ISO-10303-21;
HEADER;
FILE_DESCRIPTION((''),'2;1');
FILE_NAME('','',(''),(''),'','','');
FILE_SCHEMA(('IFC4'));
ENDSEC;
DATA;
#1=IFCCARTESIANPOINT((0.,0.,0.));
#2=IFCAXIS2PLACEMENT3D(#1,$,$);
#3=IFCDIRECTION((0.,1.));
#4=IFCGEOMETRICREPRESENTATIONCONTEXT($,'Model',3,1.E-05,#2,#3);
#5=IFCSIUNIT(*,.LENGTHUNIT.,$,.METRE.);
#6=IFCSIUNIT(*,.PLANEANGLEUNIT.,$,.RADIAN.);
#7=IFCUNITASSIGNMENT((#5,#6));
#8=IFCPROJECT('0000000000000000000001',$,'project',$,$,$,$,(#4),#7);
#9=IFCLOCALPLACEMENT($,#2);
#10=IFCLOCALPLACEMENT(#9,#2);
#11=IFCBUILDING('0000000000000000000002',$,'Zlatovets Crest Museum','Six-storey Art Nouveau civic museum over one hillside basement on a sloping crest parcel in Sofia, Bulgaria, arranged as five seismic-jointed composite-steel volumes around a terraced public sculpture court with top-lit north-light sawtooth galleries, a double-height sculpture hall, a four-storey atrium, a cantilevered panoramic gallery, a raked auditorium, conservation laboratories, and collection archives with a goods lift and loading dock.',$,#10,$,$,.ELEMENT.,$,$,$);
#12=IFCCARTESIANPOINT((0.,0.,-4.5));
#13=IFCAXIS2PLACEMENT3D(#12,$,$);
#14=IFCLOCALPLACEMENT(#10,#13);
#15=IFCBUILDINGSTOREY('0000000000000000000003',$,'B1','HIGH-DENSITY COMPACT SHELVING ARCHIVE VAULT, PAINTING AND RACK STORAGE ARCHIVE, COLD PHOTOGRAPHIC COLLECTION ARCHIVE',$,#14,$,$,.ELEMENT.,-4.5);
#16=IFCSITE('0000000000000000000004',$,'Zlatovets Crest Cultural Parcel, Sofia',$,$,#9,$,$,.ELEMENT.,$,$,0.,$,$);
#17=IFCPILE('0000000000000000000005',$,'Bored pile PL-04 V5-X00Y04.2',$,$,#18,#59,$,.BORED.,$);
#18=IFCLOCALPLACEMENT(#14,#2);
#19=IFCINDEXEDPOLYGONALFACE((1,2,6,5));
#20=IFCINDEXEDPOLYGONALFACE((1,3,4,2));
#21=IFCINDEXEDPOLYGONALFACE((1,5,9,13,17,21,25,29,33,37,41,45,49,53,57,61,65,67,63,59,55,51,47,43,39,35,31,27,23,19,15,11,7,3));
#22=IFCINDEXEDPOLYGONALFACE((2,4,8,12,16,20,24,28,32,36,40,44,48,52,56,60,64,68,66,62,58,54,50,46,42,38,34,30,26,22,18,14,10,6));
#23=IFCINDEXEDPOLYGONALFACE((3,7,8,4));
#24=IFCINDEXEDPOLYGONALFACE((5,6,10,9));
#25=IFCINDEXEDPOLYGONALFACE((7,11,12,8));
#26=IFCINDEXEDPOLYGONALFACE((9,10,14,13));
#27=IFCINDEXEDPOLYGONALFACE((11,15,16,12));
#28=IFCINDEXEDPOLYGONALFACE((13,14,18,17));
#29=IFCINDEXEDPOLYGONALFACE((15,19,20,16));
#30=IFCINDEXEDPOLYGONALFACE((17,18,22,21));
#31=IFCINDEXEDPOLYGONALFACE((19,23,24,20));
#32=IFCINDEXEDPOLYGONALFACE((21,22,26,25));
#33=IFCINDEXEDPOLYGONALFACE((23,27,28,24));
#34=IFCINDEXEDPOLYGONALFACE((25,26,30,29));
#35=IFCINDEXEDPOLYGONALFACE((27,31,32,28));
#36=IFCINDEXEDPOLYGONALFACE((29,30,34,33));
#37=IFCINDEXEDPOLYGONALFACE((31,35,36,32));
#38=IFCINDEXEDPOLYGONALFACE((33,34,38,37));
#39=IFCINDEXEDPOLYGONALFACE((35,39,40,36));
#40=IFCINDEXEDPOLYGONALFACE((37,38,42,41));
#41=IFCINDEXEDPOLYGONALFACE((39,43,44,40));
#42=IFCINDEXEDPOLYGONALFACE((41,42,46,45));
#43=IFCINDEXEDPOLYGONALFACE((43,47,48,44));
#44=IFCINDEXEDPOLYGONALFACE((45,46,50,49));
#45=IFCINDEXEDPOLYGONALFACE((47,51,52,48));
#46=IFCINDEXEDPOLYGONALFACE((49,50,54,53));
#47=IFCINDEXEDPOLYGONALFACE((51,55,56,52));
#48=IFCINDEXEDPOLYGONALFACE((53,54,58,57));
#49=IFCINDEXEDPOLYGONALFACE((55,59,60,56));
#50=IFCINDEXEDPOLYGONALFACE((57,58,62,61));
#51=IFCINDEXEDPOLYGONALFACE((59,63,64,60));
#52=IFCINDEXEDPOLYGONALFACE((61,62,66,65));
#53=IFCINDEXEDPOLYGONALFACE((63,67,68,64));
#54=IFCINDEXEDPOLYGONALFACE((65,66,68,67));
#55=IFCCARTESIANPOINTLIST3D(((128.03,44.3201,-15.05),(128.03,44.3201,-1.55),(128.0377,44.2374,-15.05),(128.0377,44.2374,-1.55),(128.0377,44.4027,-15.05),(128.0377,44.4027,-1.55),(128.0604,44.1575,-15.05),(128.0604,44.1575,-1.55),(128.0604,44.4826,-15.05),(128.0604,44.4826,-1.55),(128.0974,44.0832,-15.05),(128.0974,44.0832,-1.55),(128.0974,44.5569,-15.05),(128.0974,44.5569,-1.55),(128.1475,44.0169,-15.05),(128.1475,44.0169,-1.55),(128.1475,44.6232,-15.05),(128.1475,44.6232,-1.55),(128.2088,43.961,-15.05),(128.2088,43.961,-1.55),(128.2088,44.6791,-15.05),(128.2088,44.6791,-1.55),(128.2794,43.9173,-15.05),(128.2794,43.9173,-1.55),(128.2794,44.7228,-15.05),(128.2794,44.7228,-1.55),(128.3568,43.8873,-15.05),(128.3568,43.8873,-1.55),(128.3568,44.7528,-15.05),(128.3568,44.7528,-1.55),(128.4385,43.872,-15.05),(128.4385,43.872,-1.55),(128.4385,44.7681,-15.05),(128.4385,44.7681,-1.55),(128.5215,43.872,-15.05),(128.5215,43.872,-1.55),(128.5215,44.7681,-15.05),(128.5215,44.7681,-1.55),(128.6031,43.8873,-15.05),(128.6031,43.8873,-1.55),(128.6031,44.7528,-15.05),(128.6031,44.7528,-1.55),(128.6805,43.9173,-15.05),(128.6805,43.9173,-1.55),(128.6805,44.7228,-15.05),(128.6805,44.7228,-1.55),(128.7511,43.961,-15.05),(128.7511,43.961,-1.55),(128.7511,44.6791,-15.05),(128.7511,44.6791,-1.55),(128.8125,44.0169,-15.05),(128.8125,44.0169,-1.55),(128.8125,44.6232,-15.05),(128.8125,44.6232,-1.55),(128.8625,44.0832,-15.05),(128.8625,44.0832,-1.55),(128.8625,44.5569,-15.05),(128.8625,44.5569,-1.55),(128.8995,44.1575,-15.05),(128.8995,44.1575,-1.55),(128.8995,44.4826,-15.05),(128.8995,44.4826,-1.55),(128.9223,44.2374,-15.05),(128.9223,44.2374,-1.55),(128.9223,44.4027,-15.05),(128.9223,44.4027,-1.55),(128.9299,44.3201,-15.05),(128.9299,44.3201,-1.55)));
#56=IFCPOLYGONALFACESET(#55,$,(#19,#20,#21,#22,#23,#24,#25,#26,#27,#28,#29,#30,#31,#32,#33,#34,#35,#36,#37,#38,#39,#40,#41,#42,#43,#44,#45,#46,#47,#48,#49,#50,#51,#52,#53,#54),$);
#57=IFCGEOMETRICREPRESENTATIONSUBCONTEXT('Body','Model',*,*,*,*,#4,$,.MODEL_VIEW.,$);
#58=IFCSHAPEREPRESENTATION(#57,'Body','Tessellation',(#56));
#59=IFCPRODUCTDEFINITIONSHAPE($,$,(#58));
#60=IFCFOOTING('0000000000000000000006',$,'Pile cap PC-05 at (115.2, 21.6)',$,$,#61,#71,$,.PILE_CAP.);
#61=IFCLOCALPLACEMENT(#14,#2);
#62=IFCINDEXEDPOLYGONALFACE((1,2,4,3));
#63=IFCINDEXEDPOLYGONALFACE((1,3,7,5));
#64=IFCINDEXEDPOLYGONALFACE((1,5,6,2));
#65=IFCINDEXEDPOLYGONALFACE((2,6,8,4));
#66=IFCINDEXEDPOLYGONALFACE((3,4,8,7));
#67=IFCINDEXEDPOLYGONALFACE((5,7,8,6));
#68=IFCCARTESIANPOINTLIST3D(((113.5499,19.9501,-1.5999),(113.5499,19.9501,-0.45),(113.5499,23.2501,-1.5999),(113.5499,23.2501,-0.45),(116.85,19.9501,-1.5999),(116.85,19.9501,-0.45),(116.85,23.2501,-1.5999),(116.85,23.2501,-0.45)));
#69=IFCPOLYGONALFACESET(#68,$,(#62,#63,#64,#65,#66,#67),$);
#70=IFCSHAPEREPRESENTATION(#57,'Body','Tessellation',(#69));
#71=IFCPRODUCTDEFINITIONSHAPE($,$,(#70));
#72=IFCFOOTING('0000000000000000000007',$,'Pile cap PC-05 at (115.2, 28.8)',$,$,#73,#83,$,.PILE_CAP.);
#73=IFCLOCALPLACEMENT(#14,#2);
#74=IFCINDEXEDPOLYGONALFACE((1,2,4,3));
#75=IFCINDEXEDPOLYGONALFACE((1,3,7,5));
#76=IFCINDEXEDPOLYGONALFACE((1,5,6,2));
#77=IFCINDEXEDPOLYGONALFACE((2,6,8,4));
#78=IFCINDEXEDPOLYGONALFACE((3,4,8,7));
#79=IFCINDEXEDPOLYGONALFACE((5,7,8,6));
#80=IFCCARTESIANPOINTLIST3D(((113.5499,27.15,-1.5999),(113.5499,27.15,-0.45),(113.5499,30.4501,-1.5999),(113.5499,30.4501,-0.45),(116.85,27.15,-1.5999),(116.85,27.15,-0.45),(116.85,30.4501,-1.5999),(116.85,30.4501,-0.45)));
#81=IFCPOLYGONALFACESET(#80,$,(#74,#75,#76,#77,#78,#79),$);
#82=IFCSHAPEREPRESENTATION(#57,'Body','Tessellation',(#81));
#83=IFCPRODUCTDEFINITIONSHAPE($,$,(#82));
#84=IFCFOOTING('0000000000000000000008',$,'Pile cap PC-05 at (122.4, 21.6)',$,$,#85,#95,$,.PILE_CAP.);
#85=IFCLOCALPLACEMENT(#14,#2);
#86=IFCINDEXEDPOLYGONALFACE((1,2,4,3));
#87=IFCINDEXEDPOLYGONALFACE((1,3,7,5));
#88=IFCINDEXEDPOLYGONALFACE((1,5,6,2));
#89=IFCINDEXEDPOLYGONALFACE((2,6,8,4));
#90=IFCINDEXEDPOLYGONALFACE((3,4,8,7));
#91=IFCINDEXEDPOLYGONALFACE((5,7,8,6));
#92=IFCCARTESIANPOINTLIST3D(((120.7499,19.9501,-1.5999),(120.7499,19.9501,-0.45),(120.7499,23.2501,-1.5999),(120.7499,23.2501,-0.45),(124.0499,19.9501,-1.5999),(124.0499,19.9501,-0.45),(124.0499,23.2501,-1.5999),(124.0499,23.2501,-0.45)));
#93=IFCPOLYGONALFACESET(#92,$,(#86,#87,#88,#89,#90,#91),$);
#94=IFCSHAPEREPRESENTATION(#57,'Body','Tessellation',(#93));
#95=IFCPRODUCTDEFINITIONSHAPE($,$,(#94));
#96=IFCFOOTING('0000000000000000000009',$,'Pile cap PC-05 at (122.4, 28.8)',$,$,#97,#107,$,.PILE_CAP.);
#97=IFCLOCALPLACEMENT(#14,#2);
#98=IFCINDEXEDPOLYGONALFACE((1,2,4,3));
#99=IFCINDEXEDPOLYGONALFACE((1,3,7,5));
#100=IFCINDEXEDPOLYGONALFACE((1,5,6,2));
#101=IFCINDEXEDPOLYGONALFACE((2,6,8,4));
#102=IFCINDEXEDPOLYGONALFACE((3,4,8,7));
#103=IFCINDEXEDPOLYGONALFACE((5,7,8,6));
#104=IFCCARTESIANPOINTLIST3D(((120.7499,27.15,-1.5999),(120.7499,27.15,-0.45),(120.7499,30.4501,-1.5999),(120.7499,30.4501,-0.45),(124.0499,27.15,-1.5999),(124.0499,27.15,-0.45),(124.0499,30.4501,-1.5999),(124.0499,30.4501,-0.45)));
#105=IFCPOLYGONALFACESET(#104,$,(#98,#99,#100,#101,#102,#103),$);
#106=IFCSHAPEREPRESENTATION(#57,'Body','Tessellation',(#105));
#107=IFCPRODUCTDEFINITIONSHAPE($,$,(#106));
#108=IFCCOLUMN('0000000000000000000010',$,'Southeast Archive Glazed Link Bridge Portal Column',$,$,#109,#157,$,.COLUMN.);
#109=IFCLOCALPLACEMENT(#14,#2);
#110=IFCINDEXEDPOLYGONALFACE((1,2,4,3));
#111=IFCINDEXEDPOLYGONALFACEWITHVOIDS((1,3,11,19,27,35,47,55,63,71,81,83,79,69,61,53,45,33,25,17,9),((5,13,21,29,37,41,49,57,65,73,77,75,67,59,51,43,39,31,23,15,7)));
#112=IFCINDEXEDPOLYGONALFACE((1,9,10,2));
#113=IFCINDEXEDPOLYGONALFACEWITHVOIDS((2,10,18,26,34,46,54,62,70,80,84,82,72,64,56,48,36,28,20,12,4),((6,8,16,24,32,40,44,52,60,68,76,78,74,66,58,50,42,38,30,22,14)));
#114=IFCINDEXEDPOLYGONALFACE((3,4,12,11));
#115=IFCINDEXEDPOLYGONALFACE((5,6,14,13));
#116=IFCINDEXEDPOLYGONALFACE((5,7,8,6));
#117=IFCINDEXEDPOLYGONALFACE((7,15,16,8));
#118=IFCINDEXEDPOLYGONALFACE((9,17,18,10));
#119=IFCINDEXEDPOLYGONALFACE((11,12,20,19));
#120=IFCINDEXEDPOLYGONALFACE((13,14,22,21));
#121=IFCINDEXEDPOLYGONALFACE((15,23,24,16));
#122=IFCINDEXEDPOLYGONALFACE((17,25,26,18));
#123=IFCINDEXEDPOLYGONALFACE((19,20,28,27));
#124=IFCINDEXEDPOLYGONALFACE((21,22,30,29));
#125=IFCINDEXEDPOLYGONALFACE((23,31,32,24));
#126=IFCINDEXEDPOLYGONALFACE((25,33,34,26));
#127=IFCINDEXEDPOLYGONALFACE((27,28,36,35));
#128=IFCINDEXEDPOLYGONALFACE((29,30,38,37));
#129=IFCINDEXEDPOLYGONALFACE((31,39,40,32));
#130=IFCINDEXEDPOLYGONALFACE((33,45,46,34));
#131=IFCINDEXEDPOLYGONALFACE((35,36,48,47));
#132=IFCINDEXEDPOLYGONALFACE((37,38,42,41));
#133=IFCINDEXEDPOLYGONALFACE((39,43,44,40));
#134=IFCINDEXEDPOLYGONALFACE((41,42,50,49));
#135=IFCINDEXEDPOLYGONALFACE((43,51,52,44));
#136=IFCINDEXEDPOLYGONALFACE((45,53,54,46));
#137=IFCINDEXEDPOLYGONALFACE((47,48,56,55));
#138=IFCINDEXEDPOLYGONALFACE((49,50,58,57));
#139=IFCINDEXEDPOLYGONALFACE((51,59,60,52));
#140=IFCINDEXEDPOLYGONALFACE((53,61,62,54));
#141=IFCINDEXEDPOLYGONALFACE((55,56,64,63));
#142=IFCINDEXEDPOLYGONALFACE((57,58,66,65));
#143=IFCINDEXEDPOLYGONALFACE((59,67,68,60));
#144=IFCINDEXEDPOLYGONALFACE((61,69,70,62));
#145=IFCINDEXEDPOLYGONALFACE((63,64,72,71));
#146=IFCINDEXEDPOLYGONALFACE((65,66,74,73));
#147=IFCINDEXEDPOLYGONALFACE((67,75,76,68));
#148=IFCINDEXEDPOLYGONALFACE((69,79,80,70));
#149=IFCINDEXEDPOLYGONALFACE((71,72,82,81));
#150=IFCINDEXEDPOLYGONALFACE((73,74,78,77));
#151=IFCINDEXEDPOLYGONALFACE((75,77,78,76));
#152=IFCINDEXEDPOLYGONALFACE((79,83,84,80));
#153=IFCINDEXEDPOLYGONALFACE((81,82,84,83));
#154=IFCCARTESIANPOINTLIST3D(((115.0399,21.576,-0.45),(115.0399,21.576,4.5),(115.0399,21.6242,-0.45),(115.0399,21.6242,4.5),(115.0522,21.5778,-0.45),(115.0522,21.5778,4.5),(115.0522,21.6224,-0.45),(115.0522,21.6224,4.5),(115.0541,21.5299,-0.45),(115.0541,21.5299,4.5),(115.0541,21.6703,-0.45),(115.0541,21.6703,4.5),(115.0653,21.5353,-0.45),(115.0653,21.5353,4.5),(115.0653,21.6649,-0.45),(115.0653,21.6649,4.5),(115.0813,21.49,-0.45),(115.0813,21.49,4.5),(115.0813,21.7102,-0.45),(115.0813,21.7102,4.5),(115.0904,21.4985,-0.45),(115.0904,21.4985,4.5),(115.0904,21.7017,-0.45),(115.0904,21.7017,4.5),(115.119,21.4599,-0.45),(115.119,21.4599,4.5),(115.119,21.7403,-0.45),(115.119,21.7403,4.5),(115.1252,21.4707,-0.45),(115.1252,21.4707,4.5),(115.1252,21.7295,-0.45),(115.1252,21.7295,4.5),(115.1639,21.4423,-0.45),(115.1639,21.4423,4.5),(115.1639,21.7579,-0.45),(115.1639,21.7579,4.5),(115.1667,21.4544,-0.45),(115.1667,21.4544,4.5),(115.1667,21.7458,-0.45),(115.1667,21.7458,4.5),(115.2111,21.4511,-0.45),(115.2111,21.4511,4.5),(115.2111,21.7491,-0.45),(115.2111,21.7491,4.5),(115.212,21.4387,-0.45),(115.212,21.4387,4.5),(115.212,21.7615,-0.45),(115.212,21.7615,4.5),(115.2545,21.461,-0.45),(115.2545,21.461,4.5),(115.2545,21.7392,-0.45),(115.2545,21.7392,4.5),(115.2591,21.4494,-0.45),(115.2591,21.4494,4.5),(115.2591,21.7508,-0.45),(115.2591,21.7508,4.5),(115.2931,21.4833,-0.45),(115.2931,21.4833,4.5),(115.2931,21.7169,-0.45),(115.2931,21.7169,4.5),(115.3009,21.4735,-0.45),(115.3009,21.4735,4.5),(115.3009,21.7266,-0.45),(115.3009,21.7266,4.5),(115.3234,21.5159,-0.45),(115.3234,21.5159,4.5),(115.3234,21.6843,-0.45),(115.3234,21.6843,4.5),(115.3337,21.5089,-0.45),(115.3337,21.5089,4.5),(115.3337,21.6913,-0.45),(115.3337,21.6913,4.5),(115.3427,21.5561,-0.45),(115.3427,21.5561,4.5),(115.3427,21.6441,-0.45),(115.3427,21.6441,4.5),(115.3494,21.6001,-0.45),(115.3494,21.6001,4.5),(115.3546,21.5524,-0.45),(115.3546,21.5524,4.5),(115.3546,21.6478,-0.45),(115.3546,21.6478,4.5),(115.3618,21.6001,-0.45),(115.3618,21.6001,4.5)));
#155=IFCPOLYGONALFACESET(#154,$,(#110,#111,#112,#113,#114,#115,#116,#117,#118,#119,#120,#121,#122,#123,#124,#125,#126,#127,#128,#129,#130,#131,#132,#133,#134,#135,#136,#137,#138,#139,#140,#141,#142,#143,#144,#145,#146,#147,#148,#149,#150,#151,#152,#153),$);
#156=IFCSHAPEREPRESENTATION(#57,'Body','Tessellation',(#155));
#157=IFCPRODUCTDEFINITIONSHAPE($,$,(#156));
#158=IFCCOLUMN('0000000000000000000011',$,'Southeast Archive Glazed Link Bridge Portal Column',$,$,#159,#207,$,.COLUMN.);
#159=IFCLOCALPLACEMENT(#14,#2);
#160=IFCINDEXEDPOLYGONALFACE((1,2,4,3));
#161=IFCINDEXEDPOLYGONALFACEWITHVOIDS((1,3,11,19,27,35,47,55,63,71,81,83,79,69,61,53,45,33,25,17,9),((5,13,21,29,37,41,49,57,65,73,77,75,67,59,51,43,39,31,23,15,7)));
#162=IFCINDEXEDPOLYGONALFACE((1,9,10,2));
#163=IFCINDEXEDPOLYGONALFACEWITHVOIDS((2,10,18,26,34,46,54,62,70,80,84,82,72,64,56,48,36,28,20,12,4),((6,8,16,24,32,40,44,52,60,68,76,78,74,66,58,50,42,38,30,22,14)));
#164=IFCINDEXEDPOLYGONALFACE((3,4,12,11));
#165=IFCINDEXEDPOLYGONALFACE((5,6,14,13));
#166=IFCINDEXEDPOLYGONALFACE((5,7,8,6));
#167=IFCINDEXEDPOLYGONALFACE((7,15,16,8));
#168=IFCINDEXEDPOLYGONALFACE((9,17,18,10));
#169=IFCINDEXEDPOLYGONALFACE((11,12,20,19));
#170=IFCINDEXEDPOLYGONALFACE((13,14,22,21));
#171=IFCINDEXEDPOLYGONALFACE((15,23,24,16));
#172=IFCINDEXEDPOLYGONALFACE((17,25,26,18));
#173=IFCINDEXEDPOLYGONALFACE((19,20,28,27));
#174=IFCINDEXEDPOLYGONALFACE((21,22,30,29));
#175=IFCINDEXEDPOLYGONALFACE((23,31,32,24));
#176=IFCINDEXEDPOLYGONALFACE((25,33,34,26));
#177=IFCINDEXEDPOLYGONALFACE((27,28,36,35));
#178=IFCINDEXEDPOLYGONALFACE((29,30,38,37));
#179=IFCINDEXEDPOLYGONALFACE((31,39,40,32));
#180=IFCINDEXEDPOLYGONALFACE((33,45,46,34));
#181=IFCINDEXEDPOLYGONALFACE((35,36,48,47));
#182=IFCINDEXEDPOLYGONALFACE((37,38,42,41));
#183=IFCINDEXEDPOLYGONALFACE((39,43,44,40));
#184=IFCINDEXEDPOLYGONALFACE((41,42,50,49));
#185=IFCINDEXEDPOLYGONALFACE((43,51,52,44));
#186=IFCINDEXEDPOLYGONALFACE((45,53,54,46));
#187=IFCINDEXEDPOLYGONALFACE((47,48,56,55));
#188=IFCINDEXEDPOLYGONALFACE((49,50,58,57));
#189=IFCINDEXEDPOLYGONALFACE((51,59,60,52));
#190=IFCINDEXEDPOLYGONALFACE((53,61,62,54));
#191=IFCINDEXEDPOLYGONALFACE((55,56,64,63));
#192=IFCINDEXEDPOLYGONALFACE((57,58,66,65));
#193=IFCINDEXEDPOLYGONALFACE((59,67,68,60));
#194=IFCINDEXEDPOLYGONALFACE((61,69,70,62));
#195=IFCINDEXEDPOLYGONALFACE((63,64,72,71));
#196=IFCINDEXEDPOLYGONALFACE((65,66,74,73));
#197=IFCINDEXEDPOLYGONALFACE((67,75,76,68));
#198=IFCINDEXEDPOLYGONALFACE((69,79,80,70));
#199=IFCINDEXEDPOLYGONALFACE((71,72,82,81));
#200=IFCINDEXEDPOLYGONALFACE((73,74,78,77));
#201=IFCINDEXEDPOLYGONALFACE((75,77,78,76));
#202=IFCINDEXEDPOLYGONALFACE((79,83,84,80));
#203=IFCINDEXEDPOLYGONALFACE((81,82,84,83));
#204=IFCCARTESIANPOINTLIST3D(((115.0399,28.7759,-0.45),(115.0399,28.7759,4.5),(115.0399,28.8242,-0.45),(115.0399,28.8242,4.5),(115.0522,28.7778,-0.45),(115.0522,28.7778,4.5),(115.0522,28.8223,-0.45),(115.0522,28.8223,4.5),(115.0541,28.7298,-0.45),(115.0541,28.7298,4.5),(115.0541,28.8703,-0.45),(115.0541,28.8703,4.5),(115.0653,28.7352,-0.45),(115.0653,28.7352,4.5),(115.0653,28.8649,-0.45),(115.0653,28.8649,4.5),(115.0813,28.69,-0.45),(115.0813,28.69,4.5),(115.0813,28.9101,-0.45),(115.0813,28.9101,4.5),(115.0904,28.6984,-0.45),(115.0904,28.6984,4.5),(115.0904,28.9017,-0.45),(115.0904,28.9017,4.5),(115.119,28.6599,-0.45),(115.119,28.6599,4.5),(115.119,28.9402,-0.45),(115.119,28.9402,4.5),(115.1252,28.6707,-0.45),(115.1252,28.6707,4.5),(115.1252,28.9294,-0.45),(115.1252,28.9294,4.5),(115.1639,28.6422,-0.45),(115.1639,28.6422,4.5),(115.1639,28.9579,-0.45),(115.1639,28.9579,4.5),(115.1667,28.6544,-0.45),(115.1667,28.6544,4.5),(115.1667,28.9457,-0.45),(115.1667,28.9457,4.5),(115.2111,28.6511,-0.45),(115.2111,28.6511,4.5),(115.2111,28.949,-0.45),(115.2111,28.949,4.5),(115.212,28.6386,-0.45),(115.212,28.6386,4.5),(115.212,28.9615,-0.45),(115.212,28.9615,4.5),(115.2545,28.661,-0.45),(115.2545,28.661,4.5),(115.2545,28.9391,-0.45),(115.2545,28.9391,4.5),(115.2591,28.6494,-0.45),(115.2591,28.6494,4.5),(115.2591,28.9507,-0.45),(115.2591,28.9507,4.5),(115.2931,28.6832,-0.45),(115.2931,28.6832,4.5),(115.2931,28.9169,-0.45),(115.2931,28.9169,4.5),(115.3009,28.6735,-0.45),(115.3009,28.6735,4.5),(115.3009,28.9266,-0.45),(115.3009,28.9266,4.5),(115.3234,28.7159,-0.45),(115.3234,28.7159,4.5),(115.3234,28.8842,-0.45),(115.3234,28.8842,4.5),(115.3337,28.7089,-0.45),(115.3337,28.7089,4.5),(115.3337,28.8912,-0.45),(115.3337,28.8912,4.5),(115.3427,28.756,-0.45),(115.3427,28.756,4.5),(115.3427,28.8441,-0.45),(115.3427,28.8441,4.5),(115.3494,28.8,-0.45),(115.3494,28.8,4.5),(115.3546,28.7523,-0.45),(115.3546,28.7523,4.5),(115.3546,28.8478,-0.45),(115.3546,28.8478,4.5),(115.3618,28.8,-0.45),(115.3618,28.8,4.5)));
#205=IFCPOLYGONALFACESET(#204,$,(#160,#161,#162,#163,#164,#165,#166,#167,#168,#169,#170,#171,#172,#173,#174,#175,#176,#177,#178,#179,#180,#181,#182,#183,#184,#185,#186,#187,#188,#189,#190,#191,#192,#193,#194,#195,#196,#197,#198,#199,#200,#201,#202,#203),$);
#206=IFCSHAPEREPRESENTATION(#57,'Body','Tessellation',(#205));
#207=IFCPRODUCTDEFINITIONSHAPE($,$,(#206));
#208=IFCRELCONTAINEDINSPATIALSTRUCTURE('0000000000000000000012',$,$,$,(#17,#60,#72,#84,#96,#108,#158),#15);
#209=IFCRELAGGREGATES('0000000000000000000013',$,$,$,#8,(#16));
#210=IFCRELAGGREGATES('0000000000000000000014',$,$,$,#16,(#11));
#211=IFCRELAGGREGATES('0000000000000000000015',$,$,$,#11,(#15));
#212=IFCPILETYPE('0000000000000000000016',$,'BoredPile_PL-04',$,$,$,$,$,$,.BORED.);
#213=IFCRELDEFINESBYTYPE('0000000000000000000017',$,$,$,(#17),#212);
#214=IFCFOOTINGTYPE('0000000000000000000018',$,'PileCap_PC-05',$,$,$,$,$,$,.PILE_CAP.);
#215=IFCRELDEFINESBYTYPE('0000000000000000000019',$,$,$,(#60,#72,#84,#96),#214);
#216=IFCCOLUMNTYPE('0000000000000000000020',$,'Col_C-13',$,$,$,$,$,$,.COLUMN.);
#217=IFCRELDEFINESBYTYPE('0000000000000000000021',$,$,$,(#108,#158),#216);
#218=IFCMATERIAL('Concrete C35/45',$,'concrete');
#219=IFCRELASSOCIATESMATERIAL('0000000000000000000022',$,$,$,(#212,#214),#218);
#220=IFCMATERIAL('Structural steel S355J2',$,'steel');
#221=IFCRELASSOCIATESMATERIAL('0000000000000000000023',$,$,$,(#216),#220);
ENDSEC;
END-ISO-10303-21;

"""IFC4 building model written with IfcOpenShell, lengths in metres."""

from ifc_helpers import new_model, si_unit, direction, frame, origin, origin_2d, place, context, subcontext, project, spatial, rectangle, circle, hollow_circle, extrude, material, material_profile, profile_set, type_object, element, save


model = new_model("IFC4")

# Units and contexts
model_context = context("Model", 3, precision=1e-05, world=origin(), true_north=direction((0.0, 1.0)))
body_context = subcontext(model_context, "Body", "Model", "MODEL_VIEW")
ifc_project = project(units=[si_unit("LENGTHUNIT", "METRE"), si_unit("PLANEANGLEUNIT", "RADIAN")], contexts=[model_context])

# Site, building, storey
site_placement = place(None, origin())
site = spatial("IfcSite", under=ifc_project, at=site_placement, Name="Zlatovets Crest Cultural Parcel, Sofia", CompositionType="ELEMENT", RefElevation=0.0)
building_placement = place(site_placement, origin())
building = spatial("IfcBuilding", under=site, at=building_placement, Name="Zlatovets Crest Museum", Description="Six-storey Art Nouveau civic museum over one hillside basement on a sloping crest parcel in Sofia, Bulgaria, arranged as five seismic-jointed composite-steel volumes around a terraced public sculpture court with top-lit north-light sawtooth galleries, a double-height sculpture hall, a four-storey atrium, a cantilevered panoramic gallery, a raked auditorium, conservation laboratories, and collection archives with a goods lift and loading dock.", CompositionType="ELEMENT")
storey_placement = place(building_placement, frame((0.0, 0.0, -4.5)))
storey = spatial("IfcBuildingStorey", under=building, at=storey_placement, Name="B1", Description="HIGH-DENSITY COMPACT SHELVING ARCHIVE VAULT, PAINTING AND RACK STORAGE ARCHIVE, COLD PHOTOGRAPHIC COLLECTION ARCHIVE", CompositionType="ELEMENT", Elevation=-4.5)

# Pile
ifc_material_1 = material(Name="Concrete C35/45", Category="concrete")
ifc_material_profile_1 = material_profile(ifc_material_1, circle(Radius=0.45, at=origin_2d()), Name="PILE D900")
ifc_profile_set_1 = profile_set([ifc_material_profile_1], Name="Concrete C35/45")
pile_type_1 = type_object("IfcPileType", Name="BoredPile_PL-04", PredefinedType="BORED", material=ifc_profile_set_1)
for number, where, z_axis, x_axis, name in (
    (1, (128.48, 44.3201, -1.55), (0.0, 0.0, -1.0), (1.0, 0.0, 0.0), "Bored pile PL-04 V5-X00Y04.2"),
):
    element("IfcPile", number, at=place(storey_placement, frame(where, z_axis=z_axis, x_axis=x_axis)), inside=storey, type_object=pile_type_1, Name=name, PredefinedType="BORED", context=body_context, shape_type="SweptSolid", body=[
        extrude(circle(Radius=0.45, at=origin_2d()), origin(), (0.0, 0.0, 1.0), 13.5),
    ])

# Footings
footing_type = type_object("IfcFootingType", Name="PileCap_PC-05", PredefinedType="PILE_CAP", material=ifc_material_1)
for number, where, z_axis, x_axis, name in (
    (2, (115.2, 21.6001, -1.5999), (0.0, 0.0, 1.0), (1.0, 0.0, 0.0), "Pile cap PC-05 at (115.2, 21.6)"),
    (3, (115.2, 28.8, -1.5999), (0.0, 0.0, 1.0), (1.0, 0.0, 0.0), "Pile cap PC-05 at (115.2, 28.8)"),
    (4, (122.3999, 21.6001, -1.5999), (0.0, 0.0, 1.0), (1.0, 0.0, 0.0), "Pile cap PC-05 at (122.4, 21.6)"),
    (5, (122.3999, 28.8, -1.5999), (0.0, 0.0, 1.0), (1.0, 0.0, 0.0), "Pile cap PC-05 at (122.4, 28.8)"),
):
    element("IfcFooting", number, at=place(storey_placement, frame(where, z_axis=z_axis, x_axis=x_axis)), inside=storey, type_object=footing_type, Name=name, PredefinedType="PILE_CAP", context=body_context, shape_type="SweptSolid", body=[
        extrude(rectangle(XDim=3.3, YDim=3.3, at=origin_2d()), origin(), (0.0, 0.0, 1.0), 1.1499),
    ])

# Columns
ifc_material_2 = material(Name="Structural steel S355J2", Category="steel")
ifc_material_profile_2 = material_profile(ifc_material_2, hollow_circle(Radius=0.1619, WallThickness=0.0125, at=origin_2d()), Name="CHS 323.9x12.5")
ifc_profile_set_2 = profile_set([ifc_material_profile_2], Name="Structural steel S355J2")
column_type = type_object("IfcColumnType", Name="Col_C-13", PredefinedType="COLUMN", material=ifc_profile_set_2)
for number, where, z_axis, x_axis, name in (
    (6, (115.2, 21.6001, -0.45), (0.0, 0.0, 1.0), (1.0, 0.0, 0.0), "Southeast Archive Glazed Link Bridge Portal Column"),
    (7, (115.2, 28.8, -0.45), (0.0, 0.0, 1.0), (1.0, 0.0, 0.0), "Southeast Archive Glazed Link Bridge Portal Column"),
):
    element("IfcColumn", number, at=place(storey_placement, frame(where, z_axis=z_axis, x_axis=x_axis)), inside=storey, type_object=column_type, Name=name, PredefinedType="COLUMN", context=body_context, shape_type="SweptSolid", body=[
        extrude(hollow_circle(Radius=0.1619, WallThickness=0.0125, at=origin_2d()), origin(), (0.0, 0.0, 1.0), 4.95),
    ])

save(model, "model.ifc")
